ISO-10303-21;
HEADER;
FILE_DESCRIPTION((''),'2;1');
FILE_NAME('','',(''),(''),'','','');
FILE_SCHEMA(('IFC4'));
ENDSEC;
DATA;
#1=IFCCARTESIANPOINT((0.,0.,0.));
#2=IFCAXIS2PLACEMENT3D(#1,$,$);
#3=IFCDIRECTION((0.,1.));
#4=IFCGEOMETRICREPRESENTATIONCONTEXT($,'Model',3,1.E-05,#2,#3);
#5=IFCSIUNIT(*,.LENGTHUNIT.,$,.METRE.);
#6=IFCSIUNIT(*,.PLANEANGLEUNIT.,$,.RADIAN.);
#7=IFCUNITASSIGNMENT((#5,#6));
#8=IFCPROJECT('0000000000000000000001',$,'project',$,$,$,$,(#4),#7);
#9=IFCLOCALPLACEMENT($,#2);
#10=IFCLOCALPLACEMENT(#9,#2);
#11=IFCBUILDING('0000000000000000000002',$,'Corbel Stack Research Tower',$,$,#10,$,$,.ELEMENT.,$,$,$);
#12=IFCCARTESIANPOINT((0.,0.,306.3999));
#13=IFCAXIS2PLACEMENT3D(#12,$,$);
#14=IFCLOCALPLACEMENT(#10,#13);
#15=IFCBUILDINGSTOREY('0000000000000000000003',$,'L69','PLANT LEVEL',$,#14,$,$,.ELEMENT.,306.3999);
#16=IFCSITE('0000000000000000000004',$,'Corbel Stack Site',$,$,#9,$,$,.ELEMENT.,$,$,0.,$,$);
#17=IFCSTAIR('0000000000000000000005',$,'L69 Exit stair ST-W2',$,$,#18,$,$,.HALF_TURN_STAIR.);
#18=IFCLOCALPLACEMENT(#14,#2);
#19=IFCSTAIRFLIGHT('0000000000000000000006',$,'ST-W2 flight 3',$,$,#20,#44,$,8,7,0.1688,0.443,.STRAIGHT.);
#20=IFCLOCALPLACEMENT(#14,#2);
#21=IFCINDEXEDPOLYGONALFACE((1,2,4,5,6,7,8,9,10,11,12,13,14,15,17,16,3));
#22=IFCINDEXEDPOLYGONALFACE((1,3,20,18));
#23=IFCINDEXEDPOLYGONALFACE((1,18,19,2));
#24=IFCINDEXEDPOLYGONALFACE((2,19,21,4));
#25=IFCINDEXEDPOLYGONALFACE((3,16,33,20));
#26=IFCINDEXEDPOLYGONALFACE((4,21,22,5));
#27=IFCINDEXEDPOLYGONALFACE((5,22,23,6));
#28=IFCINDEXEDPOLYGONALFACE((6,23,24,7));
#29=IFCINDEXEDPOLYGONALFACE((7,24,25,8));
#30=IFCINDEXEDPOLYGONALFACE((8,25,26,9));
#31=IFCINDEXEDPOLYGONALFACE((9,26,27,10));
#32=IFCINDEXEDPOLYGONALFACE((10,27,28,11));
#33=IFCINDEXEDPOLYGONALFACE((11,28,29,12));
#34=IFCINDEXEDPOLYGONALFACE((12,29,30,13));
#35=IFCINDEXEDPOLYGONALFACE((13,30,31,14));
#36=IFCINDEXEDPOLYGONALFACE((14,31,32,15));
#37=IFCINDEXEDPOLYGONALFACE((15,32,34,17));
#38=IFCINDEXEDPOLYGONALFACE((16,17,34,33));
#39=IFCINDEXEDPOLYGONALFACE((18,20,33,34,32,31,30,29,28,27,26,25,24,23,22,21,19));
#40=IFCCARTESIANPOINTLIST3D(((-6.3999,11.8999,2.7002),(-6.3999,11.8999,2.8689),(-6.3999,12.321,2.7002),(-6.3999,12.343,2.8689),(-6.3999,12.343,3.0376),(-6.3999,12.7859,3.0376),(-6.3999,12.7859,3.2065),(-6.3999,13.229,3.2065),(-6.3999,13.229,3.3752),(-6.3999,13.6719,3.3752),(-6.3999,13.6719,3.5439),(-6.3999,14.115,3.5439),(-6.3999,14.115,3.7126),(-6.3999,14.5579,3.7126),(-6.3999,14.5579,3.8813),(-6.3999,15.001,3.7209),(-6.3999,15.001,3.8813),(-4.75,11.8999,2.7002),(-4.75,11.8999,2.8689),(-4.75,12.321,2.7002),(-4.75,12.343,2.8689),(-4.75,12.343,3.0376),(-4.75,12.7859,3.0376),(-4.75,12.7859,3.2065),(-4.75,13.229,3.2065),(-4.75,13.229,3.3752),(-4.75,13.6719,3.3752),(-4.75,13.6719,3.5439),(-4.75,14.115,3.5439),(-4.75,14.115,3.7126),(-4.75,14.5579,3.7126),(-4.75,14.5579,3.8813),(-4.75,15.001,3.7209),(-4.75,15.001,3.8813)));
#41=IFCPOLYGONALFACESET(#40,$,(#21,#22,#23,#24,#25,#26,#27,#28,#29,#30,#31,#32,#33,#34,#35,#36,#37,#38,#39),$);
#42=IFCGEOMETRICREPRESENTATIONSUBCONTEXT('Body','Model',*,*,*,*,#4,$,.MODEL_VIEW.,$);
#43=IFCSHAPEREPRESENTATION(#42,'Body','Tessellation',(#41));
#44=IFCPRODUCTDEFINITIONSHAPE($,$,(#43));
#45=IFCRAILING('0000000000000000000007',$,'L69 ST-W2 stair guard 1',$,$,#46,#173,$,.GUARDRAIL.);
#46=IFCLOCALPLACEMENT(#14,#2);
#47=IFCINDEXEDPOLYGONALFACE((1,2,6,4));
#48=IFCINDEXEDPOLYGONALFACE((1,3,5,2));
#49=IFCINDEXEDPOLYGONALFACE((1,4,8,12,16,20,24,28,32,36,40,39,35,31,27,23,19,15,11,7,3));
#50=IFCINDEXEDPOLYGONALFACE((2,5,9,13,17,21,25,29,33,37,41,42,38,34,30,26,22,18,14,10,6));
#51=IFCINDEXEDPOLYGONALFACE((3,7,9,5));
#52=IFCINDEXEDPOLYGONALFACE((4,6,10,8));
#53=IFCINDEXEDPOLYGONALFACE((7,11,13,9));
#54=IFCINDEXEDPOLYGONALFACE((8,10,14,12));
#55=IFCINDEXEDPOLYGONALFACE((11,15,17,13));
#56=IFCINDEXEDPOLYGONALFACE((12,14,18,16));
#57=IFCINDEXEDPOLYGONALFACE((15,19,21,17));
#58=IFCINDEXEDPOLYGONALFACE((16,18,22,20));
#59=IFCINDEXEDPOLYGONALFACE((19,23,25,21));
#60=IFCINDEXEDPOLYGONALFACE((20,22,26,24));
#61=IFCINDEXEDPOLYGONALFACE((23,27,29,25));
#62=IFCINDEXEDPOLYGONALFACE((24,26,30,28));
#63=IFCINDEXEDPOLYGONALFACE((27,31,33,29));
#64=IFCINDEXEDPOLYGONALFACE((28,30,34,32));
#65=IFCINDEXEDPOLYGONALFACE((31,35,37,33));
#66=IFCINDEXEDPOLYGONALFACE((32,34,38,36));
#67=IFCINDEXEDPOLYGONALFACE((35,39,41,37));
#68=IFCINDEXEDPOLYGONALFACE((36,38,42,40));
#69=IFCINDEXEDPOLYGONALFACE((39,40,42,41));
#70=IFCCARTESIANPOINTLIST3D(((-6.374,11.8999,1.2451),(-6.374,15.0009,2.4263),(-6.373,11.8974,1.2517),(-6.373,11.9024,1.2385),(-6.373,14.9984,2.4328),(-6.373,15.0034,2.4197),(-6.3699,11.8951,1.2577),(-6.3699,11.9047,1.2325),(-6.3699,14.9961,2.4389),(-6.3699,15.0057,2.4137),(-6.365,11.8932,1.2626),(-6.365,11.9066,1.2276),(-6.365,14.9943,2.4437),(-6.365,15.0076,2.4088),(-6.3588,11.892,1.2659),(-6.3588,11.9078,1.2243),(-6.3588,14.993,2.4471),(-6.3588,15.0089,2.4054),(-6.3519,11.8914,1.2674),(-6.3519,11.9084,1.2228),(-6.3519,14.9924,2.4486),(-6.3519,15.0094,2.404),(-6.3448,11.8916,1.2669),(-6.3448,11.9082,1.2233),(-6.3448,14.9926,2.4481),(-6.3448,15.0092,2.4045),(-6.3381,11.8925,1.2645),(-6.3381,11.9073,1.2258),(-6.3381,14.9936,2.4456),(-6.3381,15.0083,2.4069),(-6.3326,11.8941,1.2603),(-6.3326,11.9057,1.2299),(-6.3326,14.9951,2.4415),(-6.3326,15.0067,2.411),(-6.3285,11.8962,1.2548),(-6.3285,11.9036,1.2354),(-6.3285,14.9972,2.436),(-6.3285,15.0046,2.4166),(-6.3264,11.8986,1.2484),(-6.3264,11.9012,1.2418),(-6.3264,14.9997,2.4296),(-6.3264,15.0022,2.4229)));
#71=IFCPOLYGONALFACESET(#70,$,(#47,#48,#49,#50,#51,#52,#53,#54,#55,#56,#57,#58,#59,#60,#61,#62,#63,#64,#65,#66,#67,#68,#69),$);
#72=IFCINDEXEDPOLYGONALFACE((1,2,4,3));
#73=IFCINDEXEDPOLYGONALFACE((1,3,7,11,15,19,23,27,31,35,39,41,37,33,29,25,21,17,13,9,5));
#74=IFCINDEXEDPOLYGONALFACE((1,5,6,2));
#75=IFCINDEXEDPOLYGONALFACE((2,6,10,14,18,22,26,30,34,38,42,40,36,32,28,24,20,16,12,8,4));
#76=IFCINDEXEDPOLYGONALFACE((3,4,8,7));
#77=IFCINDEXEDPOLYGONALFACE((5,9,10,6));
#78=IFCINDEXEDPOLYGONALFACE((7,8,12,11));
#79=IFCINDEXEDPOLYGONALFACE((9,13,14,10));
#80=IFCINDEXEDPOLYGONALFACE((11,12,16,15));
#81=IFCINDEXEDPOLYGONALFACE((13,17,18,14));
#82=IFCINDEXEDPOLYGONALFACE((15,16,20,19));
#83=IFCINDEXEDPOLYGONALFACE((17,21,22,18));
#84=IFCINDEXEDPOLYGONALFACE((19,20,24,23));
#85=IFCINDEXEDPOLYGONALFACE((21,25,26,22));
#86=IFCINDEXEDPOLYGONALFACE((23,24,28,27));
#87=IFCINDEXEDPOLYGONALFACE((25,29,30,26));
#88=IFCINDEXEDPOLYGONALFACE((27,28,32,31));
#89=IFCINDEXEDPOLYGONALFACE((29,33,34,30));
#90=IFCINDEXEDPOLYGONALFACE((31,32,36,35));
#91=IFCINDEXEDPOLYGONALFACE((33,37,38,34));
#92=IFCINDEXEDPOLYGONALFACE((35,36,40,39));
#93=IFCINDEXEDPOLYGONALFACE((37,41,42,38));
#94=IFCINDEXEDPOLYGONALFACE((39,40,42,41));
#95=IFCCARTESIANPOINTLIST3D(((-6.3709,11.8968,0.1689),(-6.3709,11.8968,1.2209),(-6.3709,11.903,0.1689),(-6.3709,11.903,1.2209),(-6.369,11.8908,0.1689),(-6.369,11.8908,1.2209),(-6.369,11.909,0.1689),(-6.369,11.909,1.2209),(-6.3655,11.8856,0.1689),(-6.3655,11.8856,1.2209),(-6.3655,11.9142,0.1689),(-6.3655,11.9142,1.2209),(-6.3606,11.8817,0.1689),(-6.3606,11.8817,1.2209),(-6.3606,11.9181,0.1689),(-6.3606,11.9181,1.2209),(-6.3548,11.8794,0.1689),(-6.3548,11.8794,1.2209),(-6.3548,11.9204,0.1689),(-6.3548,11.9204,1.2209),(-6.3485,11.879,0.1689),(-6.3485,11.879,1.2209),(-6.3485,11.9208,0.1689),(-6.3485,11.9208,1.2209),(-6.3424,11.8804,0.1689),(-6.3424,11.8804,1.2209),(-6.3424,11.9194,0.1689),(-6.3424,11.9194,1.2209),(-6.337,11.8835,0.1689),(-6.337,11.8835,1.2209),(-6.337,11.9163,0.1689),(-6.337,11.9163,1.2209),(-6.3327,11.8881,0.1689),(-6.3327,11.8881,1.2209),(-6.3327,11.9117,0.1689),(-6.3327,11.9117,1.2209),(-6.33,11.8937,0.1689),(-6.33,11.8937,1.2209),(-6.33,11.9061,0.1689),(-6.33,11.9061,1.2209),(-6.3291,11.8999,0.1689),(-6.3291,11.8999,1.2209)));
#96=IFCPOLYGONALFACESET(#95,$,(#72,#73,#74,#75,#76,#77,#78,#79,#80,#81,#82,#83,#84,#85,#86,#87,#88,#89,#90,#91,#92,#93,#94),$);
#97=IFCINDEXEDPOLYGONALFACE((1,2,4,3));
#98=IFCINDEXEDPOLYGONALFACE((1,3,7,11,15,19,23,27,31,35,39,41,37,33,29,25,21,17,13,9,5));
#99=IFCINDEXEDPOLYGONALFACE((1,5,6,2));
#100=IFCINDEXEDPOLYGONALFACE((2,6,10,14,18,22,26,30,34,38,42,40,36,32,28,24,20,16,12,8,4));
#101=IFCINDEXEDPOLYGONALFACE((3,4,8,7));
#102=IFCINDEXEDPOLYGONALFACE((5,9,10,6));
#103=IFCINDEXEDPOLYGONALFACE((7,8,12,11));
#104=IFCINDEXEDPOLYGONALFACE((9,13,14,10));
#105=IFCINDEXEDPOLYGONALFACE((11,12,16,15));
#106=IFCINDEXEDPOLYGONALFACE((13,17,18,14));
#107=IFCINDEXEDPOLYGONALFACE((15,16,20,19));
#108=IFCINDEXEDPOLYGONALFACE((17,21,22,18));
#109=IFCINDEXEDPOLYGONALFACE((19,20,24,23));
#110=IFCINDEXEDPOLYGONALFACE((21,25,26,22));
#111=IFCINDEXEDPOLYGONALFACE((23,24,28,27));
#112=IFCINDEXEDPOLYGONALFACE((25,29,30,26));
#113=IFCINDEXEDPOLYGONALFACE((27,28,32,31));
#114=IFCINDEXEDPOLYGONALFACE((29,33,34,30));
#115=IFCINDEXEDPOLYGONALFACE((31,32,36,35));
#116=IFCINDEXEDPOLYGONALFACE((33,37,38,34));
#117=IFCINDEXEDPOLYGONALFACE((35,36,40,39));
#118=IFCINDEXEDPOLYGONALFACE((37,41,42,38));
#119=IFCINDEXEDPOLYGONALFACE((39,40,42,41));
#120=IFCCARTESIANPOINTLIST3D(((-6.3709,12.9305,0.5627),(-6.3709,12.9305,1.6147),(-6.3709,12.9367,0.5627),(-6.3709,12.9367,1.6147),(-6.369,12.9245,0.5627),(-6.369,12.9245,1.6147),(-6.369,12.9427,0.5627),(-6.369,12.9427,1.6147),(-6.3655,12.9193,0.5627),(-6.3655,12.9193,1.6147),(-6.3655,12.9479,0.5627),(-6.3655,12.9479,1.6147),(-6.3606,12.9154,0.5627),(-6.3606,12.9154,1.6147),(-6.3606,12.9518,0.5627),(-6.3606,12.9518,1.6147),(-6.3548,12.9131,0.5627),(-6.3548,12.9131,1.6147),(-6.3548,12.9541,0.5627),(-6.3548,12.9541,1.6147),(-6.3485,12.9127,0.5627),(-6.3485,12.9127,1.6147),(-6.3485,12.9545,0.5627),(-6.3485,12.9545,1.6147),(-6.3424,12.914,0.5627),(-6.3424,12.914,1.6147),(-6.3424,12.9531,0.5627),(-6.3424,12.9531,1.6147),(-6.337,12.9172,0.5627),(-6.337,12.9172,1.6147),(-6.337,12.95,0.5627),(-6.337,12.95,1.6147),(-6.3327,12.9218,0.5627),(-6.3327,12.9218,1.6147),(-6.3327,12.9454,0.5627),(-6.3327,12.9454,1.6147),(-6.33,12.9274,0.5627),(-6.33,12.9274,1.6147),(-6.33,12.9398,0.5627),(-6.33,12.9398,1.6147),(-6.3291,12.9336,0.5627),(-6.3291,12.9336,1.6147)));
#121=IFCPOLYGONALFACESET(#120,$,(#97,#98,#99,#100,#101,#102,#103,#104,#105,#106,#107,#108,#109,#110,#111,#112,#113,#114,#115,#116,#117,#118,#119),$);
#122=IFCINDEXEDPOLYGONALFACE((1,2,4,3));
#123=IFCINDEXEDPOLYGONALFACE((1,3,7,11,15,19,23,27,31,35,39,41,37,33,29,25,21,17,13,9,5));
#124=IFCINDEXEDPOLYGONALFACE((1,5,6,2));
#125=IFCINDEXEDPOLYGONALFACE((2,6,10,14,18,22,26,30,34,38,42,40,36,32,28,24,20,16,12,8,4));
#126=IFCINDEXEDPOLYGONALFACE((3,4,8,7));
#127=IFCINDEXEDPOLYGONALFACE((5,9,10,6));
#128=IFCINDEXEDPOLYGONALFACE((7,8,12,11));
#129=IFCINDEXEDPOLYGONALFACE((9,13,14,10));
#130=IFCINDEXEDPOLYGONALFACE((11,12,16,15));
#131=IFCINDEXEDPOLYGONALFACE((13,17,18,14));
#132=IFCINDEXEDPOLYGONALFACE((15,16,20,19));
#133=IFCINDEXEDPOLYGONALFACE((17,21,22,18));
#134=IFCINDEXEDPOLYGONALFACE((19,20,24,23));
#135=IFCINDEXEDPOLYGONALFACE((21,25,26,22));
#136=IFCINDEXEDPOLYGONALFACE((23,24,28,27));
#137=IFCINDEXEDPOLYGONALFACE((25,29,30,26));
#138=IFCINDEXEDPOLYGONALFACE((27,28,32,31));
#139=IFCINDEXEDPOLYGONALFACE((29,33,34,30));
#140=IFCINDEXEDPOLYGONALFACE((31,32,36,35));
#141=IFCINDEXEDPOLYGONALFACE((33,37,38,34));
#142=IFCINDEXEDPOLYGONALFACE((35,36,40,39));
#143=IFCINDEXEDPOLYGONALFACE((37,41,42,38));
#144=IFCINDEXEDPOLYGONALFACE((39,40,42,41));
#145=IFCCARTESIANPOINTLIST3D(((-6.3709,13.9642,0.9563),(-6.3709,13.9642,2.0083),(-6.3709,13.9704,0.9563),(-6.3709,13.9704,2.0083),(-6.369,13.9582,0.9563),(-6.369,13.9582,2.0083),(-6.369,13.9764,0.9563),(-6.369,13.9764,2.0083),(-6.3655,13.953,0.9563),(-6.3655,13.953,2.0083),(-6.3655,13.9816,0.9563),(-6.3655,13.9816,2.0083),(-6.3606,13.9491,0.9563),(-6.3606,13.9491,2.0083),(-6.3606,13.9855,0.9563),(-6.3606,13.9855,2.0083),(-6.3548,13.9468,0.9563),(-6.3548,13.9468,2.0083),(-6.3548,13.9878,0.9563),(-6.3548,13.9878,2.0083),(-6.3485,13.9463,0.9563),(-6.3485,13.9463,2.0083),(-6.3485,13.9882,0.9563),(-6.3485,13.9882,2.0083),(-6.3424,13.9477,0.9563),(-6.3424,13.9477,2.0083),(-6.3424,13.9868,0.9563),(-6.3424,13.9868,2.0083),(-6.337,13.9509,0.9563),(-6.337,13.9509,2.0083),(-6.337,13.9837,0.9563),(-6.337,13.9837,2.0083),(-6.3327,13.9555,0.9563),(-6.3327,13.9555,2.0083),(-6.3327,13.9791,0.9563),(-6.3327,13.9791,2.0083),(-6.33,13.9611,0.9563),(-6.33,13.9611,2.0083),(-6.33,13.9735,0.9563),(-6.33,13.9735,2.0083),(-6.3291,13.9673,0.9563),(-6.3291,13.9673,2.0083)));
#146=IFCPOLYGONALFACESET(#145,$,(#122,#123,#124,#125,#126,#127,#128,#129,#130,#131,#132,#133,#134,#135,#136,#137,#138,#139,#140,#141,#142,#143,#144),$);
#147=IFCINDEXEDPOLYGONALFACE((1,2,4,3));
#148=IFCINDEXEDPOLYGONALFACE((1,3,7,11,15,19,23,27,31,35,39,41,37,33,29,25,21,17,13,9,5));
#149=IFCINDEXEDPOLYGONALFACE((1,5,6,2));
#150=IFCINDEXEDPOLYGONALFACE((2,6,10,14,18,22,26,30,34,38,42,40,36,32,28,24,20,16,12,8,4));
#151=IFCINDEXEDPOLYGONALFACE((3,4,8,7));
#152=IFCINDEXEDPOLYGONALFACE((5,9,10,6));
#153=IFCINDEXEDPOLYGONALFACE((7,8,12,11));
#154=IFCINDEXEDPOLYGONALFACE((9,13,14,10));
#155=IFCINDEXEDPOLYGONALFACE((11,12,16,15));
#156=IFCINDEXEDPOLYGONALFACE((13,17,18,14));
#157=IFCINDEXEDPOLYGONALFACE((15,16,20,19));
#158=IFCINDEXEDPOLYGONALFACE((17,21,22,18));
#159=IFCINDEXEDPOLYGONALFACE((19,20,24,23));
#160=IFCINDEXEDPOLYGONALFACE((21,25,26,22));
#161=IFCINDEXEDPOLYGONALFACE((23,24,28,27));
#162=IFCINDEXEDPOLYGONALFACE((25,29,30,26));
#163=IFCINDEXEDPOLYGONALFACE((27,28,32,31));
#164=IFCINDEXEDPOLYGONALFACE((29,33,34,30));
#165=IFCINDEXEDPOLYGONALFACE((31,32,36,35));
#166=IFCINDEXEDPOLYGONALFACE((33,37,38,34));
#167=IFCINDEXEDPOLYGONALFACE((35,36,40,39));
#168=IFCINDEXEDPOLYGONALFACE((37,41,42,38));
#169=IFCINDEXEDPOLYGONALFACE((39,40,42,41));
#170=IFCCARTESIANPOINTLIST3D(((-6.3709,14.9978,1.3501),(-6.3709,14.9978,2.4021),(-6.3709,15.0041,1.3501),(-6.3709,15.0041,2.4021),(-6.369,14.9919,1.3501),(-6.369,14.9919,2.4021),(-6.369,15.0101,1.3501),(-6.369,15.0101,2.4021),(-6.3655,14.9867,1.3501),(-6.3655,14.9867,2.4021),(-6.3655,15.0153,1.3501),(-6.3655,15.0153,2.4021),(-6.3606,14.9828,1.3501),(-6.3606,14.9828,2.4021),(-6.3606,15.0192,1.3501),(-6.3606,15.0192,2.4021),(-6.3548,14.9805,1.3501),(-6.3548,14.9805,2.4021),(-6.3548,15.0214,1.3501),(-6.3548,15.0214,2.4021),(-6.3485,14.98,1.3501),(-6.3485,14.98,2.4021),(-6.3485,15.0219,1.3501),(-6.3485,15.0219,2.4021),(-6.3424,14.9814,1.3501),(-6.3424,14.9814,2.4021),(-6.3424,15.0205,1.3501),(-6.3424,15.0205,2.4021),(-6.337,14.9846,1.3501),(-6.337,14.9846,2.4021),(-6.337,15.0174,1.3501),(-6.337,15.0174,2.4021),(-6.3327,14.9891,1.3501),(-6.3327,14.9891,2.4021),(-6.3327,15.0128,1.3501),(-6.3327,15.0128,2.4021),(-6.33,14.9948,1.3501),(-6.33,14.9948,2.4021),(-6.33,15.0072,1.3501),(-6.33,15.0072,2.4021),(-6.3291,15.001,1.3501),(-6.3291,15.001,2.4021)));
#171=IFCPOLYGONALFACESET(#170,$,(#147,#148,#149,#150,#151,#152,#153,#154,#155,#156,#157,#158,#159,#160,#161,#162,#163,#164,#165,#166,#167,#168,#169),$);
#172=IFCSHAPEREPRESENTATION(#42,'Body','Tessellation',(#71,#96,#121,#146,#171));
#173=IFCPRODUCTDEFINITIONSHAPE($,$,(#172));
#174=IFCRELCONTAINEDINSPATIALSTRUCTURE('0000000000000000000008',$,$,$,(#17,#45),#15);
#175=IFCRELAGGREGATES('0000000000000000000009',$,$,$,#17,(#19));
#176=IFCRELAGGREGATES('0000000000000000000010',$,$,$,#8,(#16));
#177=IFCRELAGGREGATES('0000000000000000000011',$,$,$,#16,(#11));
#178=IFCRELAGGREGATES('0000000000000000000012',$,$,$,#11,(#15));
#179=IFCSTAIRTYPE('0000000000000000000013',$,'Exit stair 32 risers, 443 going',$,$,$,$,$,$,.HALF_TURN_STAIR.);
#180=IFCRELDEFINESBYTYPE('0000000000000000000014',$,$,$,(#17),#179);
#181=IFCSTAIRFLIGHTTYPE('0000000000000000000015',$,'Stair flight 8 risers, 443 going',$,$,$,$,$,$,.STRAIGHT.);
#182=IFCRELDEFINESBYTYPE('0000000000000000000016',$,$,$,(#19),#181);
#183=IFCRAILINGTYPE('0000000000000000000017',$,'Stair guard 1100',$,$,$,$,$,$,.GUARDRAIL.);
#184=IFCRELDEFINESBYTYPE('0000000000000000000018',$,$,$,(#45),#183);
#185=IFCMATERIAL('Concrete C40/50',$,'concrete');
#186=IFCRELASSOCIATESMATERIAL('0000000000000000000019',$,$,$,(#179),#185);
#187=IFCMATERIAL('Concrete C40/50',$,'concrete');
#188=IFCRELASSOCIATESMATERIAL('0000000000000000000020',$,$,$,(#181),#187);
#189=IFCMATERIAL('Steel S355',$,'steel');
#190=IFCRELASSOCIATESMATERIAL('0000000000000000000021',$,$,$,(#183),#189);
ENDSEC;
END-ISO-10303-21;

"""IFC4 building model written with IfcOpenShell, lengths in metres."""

from ifc_helpers import new_model, si_unit, direction, frame, origin, origin_2d, place, context, subcontext, project, spatial, polyline, circle, outline, extrude, material, type_object, element, aggregate, save


model = new_model("IFC4")

# Units and contexts
model_context = context("Model", 3, precision=1e-05, world=origin(), true_north=direction((0.0, 1.0)))
body_context = subcontext(model_context, "Body", "Model", "MODEL_VIEW")
ifc_project = project(units=[si_unit("LENGTHUNIT", "METRE"), si_unit("PLANEANGLEUNIT", "RADIAN")], contexts=[model_context])

# Site, building, storey
site_placement = place(None, origin())
site = spatial("IfcSite", under=ifc_project, at=site_placement, Name="Corbel Stack Site", CompositionType="ELEMENT", RefElevation=0.0)
building_placement = place(site_placement, origin())
building = spatial("IfcBuilding", under=site, at=building_placement, Name="Corbel Stack Research Tower", CompositionType="ELEMENT")
storey_placement = place(building_placement, frame((0.0, 0.0, 306.3999)))
storey = spatial("IfcBuildingStorey", under=building, at=storey_placement, Name="L69", Description="PLANT LEVEL", CompositionType="ELEMENT", Elevation=306.3999)

# Stair, stair flight
ifc_material_1 = material(Name="Concrete C40/50", Category="concrete")
stair_type = type_object("IfcStairType", Name="Exit stair 32 risers, 443 going", PredefinedType="HALF_TURN_STAIR", material=ifc_material_1)
stair_placement = place(storey_placement, origin())
stair = element("IfcStair", 1, at=stair_placement, inside=storey, type_object=stair_type, Name="L69 Exit stair ST-W2", PredefinedType="HALF_TURN_STAIR")
ifc_material_2 = material(Name="Concrete C40/50", Category="concrete")
stair_flight_type = type_object("IfcStairFlightType", Name="Stair flight 8 risers, 443 going", PredefinedType="STRAIGHT", material=ifc_material_2)
stair_flight_1_placement = place(storey_placement, frame((-5.575, 11.8999, 2.7002), z_axis=(0.0, 0.0, 1.0), x_axis=(0.0, 1.0, 0.0)))
stair_flight_1 = element("IfcStairFlight", 2, at=stair_flight_1_placement, type_object=stair_flight_type, Name="ST-W2 flight 3", NumberOfRisers=8, NumberOfTreads=7, PredefinedType="STRAIGHT", RiserHeight=0.1688, TreadLength=0.443, context=body_context, shape_type="SweptSolid", body=[
    extrude(outline(polyline([(0.0, 0.0), (0.0, 0.1687), (0.4431, 0.1687), (0.4431, 0.3374), (0.886, 0.3374), (0.886, 0.5063), (1.3291, 0.5063), (1.3291, 0.675), (1.772, 0.675), (1.772, 0.8438), (2.2151, 0.8438), (2.2151, 1.0125), (2.658, 1.0125), (2.658, 1.1812), (3.1011, 1.1812), (3.1011, 1.3501), (3.1011, 1.0208), (0.4211, 0.0), (0.0, 0.0)])), frame((0.0, 0.825, 0.0), z_axis=(0.0, -1.0, 0.0), x_axis=(1.0, 0.0, 0.0)), (0.0, 0.0, 1.0), 1.6499),
])
aggregate(stair, [stair_flight_1])

# Railing
ifc_material_3 = material(Name="Steel S355", Category="steel")
railing_type_1 = type_object("IfcRailingType", Name="Stair guard 1100", PredefinedType="GUARDRAIL", material=ifc_material_3)
railing_1_placement = place(storey_placement, frame((-6.3501, 11.8999, 0.1689)))
element("IfcRailing", 3, at=railing_1_placement, inside=storey, type_object=railing_type_1, Name="L69 ST-W2 stair guard 1", PredefinedType="GUARDRAIL", context=body_context, shape_type="SweptSolid", body=[
    extrude(circle(Radius=0.0239, at=origin_2d()), frame((0.0, 0.0, 1.0762), z_axis=(0.0, 0.934509, 0.35594), x_axis=(-1.0, 0.0, 0.0)), (0.0, 0.0, 1.0), 3.3184),
    extrude(circle(Radius=0.021, at=origin_2d()), origin(), (0.0, 0.0, 1.0), 1.052),
    extrude(circle(Radius=0.021, at=origin_2d()), frame((0.0, 1.0337, 0.3938)), (0.0, 0.0, 1.0), 1.052),
    extrude(circle(Radius=0.021, at=origin_2d()), frame((0.0, 2.0674, 0.7874)), (0.0, 0.0, 1.0), 1.052),
    extrude(circle(Radius=0.021, at=origin_2d()), frame((0.0, 3.1011, 1.1812)), (0.0, 0.0, 1.0), 1.052),
])

save(model, "model.ifc")
